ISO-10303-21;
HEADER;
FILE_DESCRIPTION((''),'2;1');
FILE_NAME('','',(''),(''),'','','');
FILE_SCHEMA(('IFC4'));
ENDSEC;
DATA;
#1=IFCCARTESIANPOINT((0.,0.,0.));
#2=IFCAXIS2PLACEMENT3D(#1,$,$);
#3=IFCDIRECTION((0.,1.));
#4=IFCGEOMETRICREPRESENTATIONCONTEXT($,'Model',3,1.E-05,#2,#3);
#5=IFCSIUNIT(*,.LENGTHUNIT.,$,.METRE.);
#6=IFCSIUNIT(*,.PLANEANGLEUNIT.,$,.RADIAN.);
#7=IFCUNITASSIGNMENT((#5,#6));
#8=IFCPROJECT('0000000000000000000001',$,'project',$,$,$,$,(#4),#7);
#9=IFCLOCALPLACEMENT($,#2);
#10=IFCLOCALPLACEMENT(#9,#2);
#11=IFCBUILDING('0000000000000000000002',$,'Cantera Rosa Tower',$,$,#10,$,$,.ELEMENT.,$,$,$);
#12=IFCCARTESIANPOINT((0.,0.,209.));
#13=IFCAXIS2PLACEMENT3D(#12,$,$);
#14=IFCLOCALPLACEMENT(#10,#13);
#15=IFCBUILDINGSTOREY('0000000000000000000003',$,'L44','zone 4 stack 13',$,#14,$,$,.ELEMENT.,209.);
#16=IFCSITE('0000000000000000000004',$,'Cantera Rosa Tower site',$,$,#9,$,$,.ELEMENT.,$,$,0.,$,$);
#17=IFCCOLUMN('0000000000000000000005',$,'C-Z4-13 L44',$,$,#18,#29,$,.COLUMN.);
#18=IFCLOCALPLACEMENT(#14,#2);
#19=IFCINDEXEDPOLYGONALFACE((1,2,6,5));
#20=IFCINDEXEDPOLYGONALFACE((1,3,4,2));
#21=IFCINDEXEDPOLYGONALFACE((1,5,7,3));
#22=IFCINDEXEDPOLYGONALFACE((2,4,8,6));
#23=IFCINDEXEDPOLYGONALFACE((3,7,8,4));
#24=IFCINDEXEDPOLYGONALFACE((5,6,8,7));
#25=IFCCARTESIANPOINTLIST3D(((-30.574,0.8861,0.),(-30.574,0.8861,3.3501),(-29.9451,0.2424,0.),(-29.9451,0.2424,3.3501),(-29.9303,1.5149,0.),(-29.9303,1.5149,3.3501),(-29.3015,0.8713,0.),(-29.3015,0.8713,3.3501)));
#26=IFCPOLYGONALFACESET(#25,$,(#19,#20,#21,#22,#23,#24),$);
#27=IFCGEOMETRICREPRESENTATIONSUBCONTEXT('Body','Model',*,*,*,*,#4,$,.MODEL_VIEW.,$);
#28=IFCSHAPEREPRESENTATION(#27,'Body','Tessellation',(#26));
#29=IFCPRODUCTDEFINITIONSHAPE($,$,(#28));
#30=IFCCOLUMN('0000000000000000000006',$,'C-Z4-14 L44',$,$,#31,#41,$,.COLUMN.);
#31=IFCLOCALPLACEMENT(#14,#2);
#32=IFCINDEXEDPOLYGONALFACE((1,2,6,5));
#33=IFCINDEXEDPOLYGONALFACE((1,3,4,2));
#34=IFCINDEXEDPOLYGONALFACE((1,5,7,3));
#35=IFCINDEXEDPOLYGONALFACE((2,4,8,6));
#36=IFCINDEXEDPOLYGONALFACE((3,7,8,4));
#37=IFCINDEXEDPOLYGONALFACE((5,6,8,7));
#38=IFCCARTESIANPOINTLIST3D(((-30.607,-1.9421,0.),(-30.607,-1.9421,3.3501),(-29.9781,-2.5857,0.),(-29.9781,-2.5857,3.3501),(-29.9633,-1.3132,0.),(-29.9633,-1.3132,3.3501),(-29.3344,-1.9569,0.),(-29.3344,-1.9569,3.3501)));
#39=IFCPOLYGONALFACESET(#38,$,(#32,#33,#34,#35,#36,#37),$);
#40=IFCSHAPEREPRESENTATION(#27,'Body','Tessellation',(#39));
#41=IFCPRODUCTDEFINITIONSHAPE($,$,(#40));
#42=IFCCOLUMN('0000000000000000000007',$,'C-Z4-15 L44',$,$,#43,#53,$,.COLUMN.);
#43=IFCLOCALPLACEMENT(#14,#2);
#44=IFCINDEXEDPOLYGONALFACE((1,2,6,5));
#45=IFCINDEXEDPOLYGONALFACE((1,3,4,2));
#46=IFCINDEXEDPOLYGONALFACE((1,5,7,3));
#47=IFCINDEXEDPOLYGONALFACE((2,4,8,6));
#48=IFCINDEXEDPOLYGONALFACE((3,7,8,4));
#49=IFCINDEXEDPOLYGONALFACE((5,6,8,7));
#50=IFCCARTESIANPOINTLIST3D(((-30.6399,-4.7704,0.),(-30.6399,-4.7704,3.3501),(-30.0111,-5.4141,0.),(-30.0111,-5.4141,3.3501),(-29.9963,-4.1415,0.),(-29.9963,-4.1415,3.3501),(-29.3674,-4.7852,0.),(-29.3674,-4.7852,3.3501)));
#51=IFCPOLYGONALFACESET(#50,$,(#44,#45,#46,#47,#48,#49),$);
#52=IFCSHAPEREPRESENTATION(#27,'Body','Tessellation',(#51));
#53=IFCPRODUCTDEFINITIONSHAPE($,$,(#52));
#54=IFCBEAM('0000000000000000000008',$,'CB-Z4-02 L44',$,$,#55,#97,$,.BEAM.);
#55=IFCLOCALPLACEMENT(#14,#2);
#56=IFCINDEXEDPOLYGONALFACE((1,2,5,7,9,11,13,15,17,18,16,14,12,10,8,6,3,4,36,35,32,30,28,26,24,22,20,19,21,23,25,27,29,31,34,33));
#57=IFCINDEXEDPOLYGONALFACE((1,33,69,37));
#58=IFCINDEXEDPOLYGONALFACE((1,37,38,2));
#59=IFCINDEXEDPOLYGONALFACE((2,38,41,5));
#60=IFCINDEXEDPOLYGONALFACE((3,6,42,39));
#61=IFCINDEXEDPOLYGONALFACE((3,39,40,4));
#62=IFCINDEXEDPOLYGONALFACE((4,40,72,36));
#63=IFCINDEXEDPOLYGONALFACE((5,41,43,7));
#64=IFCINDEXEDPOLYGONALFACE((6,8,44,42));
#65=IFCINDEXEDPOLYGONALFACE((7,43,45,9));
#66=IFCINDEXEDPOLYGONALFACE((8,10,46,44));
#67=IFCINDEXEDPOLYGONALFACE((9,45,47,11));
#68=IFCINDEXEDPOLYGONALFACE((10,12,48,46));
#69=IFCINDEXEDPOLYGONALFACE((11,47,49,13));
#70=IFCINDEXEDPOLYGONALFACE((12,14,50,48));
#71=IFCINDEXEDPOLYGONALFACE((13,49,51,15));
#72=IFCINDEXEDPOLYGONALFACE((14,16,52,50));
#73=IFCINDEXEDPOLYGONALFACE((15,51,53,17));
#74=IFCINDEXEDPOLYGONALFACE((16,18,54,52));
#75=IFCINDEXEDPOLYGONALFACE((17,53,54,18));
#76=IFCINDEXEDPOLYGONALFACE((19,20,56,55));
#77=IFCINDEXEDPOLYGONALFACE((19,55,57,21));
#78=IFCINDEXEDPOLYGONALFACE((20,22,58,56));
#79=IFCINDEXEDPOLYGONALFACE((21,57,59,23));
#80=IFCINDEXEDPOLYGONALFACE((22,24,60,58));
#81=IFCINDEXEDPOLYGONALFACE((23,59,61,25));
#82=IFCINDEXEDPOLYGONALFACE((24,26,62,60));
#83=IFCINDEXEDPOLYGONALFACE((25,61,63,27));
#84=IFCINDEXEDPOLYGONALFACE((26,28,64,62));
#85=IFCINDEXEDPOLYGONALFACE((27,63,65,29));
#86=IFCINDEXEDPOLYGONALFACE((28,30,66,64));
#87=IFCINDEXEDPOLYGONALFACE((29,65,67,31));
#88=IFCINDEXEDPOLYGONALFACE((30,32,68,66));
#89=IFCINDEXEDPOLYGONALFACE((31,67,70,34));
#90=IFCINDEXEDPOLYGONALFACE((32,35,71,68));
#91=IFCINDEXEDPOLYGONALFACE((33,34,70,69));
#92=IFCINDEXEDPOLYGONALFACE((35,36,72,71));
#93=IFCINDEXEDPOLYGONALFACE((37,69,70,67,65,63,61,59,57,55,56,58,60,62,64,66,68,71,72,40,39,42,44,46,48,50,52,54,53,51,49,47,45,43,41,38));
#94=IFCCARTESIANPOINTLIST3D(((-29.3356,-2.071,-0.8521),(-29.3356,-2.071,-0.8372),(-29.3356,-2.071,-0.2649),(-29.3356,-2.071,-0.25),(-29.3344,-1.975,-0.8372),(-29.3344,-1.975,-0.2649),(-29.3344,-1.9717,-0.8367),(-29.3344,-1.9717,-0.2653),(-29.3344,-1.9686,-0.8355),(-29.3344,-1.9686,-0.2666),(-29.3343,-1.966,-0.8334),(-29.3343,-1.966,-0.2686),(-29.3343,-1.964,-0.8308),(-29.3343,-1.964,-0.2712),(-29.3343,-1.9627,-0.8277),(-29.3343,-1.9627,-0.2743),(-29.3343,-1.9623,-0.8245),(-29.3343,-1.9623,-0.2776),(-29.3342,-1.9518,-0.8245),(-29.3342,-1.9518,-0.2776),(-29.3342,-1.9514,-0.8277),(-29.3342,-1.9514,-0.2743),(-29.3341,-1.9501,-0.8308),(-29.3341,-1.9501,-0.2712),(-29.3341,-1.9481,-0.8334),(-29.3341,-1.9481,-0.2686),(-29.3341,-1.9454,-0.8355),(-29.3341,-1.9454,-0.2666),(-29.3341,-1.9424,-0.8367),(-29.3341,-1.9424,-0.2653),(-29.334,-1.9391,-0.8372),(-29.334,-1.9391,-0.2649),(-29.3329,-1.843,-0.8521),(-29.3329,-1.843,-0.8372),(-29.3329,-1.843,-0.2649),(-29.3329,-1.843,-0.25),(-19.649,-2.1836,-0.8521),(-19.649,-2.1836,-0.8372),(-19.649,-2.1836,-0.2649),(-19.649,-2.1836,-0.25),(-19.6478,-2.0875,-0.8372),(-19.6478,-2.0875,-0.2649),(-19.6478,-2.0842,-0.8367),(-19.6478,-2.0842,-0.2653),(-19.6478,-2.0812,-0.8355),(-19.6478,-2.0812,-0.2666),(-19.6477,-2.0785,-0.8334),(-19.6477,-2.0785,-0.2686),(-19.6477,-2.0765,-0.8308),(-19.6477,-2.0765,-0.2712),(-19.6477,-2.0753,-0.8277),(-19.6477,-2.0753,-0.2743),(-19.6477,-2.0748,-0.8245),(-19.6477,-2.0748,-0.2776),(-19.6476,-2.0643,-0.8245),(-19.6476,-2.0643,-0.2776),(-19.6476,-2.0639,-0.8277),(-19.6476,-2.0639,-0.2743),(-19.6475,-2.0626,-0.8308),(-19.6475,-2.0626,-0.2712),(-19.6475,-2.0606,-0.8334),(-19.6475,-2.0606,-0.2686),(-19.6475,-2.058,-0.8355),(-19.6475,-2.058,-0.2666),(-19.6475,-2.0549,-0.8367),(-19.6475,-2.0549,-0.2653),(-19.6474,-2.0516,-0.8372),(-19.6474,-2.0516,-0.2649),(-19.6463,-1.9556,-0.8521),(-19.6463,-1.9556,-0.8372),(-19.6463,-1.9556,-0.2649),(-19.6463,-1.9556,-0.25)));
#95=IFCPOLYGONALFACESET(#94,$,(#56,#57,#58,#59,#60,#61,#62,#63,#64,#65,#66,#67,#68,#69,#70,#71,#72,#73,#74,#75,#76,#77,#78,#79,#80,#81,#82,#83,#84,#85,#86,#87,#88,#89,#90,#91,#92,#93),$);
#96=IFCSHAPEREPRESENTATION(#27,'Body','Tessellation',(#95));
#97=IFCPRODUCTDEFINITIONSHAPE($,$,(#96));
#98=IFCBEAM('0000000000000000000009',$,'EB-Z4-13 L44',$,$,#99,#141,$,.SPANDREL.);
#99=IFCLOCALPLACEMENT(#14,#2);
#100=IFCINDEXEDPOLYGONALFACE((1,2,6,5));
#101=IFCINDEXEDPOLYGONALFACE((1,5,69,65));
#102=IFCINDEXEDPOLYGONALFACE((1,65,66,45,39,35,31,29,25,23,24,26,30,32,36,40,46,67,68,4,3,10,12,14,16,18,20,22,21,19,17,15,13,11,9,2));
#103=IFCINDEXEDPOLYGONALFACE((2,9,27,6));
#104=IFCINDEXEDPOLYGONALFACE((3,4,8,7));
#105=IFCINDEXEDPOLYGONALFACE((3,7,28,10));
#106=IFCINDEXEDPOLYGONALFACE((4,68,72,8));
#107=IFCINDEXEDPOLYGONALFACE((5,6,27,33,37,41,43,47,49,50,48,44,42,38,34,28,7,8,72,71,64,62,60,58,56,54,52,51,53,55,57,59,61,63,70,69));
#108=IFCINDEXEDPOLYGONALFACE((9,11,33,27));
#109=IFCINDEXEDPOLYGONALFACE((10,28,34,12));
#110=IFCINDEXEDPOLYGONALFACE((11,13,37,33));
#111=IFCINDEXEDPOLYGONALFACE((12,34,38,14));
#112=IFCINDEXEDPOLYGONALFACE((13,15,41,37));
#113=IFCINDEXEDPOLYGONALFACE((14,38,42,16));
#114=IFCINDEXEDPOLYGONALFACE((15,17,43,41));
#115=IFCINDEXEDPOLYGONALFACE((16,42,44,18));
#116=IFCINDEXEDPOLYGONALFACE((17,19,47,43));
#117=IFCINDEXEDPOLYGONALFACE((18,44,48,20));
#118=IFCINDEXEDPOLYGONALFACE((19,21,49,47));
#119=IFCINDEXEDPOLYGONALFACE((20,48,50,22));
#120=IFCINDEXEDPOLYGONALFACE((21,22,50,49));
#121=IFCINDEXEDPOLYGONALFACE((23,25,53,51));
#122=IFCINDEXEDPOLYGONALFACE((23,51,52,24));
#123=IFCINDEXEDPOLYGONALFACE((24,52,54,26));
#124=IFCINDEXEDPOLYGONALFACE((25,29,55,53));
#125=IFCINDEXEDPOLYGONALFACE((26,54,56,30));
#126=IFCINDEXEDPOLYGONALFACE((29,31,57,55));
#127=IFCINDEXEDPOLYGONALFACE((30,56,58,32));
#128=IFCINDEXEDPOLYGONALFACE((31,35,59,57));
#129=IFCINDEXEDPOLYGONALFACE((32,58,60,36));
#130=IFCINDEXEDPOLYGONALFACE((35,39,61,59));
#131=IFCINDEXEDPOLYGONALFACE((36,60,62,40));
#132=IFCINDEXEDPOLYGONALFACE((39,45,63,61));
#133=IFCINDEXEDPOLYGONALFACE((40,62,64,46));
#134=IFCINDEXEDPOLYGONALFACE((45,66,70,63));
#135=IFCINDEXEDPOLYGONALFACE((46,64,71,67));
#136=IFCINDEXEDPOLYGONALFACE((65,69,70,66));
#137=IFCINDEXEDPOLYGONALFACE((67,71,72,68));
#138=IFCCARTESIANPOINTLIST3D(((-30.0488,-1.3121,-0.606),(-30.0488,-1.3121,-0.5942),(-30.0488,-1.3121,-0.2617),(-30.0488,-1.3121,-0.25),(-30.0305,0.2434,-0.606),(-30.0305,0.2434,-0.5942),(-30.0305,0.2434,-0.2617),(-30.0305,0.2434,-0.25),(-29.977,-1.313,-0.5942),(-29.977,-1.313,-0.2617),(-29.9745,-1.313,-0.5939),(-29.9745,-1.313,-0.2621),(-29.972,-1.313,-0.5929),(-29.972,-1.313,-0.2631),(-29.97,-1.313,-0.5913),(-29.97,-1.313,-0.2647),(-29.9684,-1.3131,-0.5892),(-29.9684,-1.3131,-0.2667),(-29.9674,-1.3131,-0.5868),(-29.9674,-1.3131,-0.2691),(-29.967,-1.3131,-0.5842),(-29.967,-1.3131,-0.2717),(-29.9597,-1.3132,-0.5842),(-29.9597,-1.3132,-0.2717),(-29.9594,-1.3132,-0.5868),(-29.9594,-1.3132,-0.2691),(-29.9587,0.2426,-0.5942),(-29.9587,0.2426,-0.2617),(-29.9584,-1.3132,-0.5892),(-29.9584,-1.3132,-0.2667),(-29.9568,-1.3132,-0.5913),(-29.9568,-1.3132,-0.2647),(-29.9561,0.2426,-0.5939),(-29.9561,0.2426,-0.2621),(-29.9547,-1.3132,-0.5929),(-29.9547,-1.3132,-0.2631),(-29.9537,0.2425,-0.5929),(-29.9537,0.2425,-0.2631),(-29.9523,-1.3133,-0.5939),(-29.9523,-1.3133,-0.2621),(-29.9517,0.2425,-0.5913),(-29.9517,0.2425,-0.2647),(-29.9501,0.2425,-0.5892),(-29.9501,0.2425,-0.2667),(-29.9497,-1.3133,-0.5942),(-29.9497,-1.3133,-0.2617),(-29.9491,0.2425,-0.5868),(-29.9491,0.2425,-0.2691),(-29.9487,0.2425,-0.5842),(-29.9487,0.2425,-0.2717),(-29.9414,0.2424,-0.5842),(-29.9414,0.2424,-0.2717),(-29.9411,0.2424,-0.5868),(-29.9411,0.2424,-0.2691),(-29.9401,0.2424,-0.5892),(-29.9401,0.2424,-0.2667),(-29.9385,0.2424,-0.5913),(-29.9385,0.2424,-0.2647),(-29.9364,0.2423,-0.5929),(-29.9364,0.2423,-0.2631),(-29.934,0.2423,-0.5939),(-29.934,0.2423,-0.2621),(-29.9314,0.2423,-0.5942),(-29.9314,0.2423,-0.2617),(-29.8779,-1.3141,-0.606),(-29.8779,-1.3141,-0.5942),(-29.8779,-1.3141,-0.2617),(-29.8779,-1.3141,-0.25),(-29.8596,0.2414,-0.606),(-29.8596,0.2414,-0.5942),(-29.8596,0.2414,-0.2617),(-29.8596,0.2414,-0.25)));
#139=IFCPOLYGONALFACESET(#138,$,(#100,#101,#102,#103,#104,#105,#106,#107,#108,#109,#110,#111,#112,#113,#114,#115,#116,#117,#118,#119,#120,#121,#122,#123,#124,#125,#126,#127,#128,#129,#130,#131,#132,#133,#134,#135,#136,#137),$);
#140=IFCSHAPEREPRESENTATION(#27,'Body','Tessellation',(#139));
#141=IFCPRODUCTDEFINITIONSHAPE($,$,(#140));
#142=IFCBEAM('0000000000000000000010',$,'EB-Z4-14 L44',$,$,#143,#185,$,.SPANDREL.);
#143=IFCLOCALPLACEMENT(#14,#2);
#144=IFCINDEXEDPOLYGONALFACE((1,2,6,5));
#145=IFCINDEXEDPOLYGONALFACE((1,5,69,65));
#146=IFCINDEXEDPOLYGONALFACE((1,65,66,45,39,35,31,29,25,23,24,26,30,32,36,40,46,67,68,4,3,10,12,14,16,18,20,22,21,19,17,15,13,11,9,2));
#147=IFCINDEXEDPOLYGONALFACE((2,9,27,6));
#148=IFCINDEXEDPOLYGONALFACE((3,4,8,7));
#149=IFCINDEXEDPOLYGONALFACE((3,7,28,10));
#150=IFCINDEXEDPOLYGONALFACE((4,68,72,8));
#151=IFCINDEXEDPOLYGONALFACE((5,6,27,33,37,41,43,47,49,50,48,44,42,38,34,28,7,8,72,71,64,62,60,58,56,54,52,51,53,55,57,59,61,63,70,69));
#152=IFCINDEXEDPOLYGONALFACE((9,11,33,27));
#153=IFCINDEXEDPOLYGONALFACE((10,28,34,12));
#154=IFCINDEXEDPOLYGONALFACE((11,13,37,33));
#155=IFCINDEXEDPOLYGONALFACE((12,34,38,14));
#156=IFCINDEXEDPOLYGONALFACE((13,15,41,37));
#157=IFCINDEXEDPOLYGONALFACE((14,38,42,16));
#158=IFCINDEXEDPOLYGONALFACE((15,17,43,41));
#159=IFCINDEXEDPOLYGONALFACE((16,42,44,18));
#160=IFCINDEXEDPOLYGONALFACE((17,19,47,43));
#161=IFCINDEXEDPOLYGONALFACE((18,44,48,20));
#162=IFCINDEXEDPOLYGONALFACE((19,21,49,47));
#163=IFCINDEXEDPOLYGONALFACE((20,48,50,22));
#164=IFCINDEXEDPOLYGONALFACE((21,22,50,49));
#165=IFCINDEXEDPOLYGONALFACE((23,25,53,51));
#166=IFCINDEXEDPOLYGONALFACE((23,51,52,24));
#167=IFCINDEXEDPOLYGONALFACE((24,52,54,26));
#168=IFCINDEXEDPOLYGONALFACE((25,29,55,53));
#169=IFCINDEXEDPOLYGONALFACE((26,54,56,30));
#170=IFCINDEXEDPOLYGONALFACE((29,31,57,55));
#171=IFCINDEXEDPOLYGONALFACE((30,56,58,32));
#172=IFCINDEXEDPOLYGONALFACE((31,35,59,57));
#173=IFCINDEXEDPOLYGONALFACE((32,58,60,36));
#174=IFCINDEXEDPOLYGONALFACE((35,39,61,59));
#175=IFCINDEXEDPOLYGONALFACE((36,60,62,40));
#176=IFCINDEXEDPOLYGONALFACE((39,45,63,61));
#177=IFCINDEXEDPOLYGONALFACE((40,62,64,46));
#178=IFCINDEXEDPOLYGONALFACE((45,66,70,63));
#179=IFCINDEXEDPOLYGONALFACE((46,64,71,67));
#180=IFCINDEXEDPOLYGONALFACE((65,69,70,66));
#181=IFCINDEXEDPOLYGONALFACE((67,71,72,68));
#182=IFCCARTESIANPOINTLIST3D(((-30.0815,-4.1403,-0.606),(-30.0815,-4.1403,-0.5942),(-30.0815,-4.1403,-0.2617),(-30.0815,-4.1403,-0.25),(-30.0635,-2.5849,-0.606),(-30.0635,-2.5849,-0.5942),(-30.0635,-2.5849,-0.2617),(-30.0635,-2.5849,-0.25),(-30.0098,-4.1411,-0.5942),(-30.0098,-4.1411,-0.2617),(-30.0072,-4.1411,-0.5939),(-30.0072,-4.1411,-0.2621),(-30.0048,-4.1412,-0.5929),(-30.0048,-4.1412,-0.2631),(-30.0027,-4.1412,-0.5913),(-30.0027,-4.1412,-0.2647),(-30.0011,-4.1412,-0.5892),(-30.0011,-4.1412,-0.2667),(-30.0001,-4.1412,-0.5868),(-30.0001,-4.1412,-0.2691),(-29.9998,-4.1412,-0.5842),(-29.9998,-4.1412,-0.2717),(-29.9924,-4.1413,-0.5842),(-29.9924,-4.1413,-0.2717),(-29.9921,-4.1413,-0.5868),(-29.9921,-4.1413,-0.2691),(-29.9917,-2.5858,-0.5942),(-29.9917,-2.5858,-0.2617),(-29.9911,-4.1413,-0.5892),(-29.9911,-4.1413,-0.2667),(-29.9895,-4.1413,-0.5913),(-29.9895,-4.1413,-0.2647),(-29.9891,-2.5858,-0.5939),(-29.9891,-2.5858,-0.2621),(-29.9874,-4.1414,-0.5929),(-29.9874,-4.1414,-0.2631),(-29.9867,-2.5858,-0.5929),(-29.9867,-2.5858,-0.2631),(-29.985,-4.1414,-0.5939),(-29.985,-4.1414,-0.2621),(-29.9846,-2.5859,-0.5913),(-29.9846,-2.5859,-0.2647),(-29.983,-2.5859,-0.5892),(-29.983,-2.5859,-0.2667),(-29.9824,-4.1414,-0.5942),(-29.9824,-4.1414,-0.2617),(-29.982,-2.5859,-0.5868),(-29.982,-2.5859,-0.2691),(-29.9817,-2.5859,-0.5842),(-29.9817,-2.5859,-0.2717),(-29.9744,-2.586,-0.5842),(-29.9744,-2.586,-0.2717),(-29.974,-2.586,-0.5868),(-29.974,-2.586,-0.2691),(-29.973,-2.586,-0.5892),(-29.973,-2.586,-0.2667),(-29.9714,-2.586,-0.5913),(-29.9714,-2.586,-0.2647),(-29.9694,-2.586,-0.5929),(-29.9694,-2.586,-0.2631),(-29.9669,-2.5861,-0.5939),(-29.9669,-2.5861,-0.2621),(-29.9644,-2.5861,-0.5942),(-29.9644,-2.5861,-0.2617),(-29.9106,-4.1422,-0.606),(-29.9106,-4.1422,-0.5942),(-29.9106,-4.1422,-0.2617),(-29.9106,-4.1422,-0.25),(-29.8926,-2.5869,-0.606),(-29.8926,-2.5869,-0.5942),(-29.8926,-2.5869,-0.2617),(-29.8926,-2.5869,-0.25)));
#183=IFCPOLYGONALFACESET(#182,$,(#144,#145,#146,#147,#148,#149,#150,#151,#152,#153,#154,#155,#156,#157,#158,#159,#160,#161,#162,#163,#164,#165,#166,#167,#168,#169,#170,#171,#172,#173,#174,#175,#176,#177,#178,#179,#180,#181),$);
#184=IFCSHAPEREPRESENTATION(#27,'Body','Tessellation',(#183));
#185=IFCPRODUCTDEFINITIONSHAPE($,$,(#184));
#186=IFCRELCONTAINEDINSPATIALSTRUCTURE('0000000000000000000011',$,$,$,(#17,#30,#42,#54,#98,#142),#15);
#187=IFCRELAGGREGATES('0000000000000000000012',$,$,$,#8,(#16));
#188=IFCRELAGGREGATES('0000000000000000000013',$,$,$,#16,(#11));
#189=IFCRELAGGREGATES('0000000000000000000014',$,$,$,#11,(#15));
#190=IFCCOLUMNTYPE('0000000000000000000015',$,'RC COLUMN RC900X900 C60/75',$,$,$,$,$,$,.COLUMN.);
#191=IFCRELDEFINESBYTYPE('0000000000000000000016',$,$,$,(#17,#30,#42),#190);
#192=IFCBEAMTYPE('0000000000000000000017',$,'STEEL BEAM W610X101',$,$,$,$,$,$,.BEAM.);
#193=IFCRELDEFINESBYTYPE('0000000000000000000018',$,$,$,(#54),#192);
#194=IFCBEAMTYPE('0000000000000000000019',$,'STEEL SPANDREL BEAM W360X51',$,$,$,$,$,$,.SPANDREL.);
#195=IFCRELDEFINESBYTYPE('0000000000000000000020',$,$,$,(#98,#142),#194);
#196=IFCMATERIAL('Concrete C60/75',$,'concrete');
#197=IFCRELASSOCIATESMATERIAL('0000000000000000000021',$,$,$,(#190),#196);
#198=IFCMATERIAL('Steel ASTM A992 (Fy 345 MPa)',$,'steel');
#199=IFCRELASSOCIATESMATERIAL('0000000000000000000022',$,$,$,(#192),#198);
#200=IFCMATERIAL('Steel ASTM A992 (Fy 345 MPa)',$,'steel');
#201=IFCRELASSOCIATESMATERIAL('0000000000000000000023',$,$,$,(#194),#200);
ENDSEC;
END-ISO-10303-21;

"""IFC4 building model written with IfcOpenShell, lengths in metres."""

from ifc_helpers import new_model, si_unit, direction, frame, origin, origin_2d, place, context, subcontext, project, spatial, rectangle, i_section, extrude, material, material_profile, profile_set, type_object, element, save


model = new_model("IFC4")

# Units and contexts
model_context = context("Model", 3, precision=1e-05, world=origin(), true_north=direction((0.0, 1.0)))
body_context = subcontext(model_context, "Body", "Model", "MODEL_VIEW")
ifc_project = project(units=[si_unit("LENGTHUNIT", "METRE"), si_unit("PLANEANGLEUNIT", "RADIAN")], contexts=[model_context])

# Site, building, storey
site_placement = place(None, origin())
site = spatial("IfcSite", under=ifc_project, at=site_placement, Name="Cantera Rosa Tower site", CompositionType="ELEMENT", RefElevation=0.0)
building_placement = place(site_placement, origin())
building = spatial("IfcBuilding", under=site, at=building_placement, Name="Cantera Rosa Tower", CompositionType="ELEMENT")
storey_placement = place(building_placement, frame((0.0, 0.0, 209.0)))
storey = spatial("IfcBuildingStorey", under=building, at=storey_placement, Name="L44", Description="zone 4 stack 13", CompositionType="ELEMENT", Elevation=209.0)

# Columns
ifc_material_1 = material(Name="Concrete C60/75", Category="concrete")
ifc_material_profile_1 = material_profile(ifc_material_1, rectangle(XDim=0.8999, YDim=0.8999, at=origin_2d()), Name="RC COLUMN RC900X900 C60/75")
ifc_profile_set_1 = profile_set([ifc_material_profile_1], Name="Concrete C60/75")
column_type = type_object("IfcColumnType", Name="RC COLUMN RC900X900 C60/75", PredefinedType="COLUMN", material=ifc_profile_set_1)
for number, where, z_axis, x_axis, name in (
    (1, (-29.9377, 0.8787, 0.0), (0.0, 0.0, 1.0), (0.715286, 0.698832, 0.0), "C-Z4-13 L44"),
    (2, (-29.9707, -1.9495, 0.0), (0.0, 0.0, 1.0), (0.715286, 0.698832, 0.0), "C-Z4-14 L44"),
    (3, (-30.0037, -4.7778, 0.0), (0.0, 0.0, 1.0), (0.715286, 0.698832, 0.0), "C-Z4-15 L44"),
):
    element("IfcColumn", number, at=place(storey_placement, frame(where, z_axis=z_axis, x_axis=x_axis)), inside=storey, type_object=column_type, Name=name, PredefinedType="COLUMN", context=body_context, shape_type="SweptSolid", body=[
        extrude(rectangle(XDim=0.8999, YDim=0.8999, at=origin_2d()), origin(), (0.0, 0.0, 1.0), 3.3501),
    ])

# Beams
ifc_material_2 = material(Name="Steel ASTM A992 (Fy 345 MPa)", Category="steel")
ifc_material_profile_2 = material_profile(ifc_material_2, i_section(OverallWidth=0.228, OverallDepth=0.6021, WebThickness=0.0105, FlangeThickness=0.0149, FilletRadius=0.0127, at=origin_2d()), Name="W610X101")
ifc_profile_set_2 = profile_set([ifc_material_profile_2], Name="Steel ASTM A992 (Fy 345 MPa)")
beam_type_1 = type_object("IfcBeamType", Name="STEEL BEAM W610X101", PredefinedType="BEAM", material=ifc_profile_set_2)
beam_1_placement = place(storey_placement, frame((-29.3342, -1.957, -0.551), z_axis=(0.999933, -0.011618, 0.0), x_axis=(0.011618, 0.999933, 0.0)))
element("IfcBeam", 4, at=beam_1_placement, inside=storey, type_object=beam_type_1, Name="CB-Z4-02 L44", PredefinedType="BEAM", context=body_context, shape_type="SweptSolid", body=[
    extrude(i_section(OverallWidth=0.228, OverallDepth=0.6021, WebThickness=0.0105, FlangeThickness=0.0149, FilletRadius=0.0127, at=origin_2d()), origin(), (0.0, 0.0, 1.0), 9.6873),
])
ifc_material_3 = material(Name="Steel ASTM A992 (Fy 345 MPa)", Category="steel")
ifc_material_profile_3 = material_profile(ifc_material_3, i_section(OverallWidth=0.1709, OverallDepth=0.356, WebThickness=0.0073, FlangeThickness=0.0117, FilletRadius=0.01, at=origin_2d()), Name="W360X51")
ifc_profile_set_3 = profile_set([ifc_material_profile_3], Name="Steel ASTM A992 (Fy 345 MPa)")
beam_type_2 = type_object("IfcBeamType", Name="STEEL SPANDREL BEAM W360X51", PredefinedType="SPANDREL", material=ifc_profile_set_3)
beam_2_placement = place(storey_placement, frame((-29.9451, 0.2424, -0.428), z_axis=(-0.011769, -0.999931, 0.0), x_axis=(0.999931, -0.011769, 0.0)))
element("IfcBeam", 5, at=beam_2_placement, inside=storey, type_object=beam_type_2, Name="EB-Z4-13 L44", PredefinedType="SPANDREL", context=body_context, shape_type="SweptSolid", body=[
    extrude(i_section(OverallWidth=0.1709, OverallDepth=0.356, WebThickness=0.0073, FlangeThickness=0.0117, FilletRadius=0.01, at=origin_2d()), origin(), (0.0, 0.0, 1.0), 1.5557),
])
beam_3_placement = place(storey_placement, frame((-29.978, -2.5859, -0.428), z_axis=(-0.011614, -0.999933, 0.0), x_axis=(0.999933, -0.011614, 0.0)))
element("IfcBeam", 6, at=beam_3_placement, inside=storey, type_object=beam_type_2, Name="EB-Z4-14 L44", PredefinedType="SPANDREL", context=body_context, shape_type="SweptSolid", body=[
    extrude(i_section(OverallWidth=0.1709, OverallDepth=0.356, WebThickness=0.0073, FlangeThickness=0.0117, FilletRadius=0.01, at=origin_2d()), origin(), (0.0, 0.0, 1.0), 1.5554),
])

save(model, "model.ifc")
